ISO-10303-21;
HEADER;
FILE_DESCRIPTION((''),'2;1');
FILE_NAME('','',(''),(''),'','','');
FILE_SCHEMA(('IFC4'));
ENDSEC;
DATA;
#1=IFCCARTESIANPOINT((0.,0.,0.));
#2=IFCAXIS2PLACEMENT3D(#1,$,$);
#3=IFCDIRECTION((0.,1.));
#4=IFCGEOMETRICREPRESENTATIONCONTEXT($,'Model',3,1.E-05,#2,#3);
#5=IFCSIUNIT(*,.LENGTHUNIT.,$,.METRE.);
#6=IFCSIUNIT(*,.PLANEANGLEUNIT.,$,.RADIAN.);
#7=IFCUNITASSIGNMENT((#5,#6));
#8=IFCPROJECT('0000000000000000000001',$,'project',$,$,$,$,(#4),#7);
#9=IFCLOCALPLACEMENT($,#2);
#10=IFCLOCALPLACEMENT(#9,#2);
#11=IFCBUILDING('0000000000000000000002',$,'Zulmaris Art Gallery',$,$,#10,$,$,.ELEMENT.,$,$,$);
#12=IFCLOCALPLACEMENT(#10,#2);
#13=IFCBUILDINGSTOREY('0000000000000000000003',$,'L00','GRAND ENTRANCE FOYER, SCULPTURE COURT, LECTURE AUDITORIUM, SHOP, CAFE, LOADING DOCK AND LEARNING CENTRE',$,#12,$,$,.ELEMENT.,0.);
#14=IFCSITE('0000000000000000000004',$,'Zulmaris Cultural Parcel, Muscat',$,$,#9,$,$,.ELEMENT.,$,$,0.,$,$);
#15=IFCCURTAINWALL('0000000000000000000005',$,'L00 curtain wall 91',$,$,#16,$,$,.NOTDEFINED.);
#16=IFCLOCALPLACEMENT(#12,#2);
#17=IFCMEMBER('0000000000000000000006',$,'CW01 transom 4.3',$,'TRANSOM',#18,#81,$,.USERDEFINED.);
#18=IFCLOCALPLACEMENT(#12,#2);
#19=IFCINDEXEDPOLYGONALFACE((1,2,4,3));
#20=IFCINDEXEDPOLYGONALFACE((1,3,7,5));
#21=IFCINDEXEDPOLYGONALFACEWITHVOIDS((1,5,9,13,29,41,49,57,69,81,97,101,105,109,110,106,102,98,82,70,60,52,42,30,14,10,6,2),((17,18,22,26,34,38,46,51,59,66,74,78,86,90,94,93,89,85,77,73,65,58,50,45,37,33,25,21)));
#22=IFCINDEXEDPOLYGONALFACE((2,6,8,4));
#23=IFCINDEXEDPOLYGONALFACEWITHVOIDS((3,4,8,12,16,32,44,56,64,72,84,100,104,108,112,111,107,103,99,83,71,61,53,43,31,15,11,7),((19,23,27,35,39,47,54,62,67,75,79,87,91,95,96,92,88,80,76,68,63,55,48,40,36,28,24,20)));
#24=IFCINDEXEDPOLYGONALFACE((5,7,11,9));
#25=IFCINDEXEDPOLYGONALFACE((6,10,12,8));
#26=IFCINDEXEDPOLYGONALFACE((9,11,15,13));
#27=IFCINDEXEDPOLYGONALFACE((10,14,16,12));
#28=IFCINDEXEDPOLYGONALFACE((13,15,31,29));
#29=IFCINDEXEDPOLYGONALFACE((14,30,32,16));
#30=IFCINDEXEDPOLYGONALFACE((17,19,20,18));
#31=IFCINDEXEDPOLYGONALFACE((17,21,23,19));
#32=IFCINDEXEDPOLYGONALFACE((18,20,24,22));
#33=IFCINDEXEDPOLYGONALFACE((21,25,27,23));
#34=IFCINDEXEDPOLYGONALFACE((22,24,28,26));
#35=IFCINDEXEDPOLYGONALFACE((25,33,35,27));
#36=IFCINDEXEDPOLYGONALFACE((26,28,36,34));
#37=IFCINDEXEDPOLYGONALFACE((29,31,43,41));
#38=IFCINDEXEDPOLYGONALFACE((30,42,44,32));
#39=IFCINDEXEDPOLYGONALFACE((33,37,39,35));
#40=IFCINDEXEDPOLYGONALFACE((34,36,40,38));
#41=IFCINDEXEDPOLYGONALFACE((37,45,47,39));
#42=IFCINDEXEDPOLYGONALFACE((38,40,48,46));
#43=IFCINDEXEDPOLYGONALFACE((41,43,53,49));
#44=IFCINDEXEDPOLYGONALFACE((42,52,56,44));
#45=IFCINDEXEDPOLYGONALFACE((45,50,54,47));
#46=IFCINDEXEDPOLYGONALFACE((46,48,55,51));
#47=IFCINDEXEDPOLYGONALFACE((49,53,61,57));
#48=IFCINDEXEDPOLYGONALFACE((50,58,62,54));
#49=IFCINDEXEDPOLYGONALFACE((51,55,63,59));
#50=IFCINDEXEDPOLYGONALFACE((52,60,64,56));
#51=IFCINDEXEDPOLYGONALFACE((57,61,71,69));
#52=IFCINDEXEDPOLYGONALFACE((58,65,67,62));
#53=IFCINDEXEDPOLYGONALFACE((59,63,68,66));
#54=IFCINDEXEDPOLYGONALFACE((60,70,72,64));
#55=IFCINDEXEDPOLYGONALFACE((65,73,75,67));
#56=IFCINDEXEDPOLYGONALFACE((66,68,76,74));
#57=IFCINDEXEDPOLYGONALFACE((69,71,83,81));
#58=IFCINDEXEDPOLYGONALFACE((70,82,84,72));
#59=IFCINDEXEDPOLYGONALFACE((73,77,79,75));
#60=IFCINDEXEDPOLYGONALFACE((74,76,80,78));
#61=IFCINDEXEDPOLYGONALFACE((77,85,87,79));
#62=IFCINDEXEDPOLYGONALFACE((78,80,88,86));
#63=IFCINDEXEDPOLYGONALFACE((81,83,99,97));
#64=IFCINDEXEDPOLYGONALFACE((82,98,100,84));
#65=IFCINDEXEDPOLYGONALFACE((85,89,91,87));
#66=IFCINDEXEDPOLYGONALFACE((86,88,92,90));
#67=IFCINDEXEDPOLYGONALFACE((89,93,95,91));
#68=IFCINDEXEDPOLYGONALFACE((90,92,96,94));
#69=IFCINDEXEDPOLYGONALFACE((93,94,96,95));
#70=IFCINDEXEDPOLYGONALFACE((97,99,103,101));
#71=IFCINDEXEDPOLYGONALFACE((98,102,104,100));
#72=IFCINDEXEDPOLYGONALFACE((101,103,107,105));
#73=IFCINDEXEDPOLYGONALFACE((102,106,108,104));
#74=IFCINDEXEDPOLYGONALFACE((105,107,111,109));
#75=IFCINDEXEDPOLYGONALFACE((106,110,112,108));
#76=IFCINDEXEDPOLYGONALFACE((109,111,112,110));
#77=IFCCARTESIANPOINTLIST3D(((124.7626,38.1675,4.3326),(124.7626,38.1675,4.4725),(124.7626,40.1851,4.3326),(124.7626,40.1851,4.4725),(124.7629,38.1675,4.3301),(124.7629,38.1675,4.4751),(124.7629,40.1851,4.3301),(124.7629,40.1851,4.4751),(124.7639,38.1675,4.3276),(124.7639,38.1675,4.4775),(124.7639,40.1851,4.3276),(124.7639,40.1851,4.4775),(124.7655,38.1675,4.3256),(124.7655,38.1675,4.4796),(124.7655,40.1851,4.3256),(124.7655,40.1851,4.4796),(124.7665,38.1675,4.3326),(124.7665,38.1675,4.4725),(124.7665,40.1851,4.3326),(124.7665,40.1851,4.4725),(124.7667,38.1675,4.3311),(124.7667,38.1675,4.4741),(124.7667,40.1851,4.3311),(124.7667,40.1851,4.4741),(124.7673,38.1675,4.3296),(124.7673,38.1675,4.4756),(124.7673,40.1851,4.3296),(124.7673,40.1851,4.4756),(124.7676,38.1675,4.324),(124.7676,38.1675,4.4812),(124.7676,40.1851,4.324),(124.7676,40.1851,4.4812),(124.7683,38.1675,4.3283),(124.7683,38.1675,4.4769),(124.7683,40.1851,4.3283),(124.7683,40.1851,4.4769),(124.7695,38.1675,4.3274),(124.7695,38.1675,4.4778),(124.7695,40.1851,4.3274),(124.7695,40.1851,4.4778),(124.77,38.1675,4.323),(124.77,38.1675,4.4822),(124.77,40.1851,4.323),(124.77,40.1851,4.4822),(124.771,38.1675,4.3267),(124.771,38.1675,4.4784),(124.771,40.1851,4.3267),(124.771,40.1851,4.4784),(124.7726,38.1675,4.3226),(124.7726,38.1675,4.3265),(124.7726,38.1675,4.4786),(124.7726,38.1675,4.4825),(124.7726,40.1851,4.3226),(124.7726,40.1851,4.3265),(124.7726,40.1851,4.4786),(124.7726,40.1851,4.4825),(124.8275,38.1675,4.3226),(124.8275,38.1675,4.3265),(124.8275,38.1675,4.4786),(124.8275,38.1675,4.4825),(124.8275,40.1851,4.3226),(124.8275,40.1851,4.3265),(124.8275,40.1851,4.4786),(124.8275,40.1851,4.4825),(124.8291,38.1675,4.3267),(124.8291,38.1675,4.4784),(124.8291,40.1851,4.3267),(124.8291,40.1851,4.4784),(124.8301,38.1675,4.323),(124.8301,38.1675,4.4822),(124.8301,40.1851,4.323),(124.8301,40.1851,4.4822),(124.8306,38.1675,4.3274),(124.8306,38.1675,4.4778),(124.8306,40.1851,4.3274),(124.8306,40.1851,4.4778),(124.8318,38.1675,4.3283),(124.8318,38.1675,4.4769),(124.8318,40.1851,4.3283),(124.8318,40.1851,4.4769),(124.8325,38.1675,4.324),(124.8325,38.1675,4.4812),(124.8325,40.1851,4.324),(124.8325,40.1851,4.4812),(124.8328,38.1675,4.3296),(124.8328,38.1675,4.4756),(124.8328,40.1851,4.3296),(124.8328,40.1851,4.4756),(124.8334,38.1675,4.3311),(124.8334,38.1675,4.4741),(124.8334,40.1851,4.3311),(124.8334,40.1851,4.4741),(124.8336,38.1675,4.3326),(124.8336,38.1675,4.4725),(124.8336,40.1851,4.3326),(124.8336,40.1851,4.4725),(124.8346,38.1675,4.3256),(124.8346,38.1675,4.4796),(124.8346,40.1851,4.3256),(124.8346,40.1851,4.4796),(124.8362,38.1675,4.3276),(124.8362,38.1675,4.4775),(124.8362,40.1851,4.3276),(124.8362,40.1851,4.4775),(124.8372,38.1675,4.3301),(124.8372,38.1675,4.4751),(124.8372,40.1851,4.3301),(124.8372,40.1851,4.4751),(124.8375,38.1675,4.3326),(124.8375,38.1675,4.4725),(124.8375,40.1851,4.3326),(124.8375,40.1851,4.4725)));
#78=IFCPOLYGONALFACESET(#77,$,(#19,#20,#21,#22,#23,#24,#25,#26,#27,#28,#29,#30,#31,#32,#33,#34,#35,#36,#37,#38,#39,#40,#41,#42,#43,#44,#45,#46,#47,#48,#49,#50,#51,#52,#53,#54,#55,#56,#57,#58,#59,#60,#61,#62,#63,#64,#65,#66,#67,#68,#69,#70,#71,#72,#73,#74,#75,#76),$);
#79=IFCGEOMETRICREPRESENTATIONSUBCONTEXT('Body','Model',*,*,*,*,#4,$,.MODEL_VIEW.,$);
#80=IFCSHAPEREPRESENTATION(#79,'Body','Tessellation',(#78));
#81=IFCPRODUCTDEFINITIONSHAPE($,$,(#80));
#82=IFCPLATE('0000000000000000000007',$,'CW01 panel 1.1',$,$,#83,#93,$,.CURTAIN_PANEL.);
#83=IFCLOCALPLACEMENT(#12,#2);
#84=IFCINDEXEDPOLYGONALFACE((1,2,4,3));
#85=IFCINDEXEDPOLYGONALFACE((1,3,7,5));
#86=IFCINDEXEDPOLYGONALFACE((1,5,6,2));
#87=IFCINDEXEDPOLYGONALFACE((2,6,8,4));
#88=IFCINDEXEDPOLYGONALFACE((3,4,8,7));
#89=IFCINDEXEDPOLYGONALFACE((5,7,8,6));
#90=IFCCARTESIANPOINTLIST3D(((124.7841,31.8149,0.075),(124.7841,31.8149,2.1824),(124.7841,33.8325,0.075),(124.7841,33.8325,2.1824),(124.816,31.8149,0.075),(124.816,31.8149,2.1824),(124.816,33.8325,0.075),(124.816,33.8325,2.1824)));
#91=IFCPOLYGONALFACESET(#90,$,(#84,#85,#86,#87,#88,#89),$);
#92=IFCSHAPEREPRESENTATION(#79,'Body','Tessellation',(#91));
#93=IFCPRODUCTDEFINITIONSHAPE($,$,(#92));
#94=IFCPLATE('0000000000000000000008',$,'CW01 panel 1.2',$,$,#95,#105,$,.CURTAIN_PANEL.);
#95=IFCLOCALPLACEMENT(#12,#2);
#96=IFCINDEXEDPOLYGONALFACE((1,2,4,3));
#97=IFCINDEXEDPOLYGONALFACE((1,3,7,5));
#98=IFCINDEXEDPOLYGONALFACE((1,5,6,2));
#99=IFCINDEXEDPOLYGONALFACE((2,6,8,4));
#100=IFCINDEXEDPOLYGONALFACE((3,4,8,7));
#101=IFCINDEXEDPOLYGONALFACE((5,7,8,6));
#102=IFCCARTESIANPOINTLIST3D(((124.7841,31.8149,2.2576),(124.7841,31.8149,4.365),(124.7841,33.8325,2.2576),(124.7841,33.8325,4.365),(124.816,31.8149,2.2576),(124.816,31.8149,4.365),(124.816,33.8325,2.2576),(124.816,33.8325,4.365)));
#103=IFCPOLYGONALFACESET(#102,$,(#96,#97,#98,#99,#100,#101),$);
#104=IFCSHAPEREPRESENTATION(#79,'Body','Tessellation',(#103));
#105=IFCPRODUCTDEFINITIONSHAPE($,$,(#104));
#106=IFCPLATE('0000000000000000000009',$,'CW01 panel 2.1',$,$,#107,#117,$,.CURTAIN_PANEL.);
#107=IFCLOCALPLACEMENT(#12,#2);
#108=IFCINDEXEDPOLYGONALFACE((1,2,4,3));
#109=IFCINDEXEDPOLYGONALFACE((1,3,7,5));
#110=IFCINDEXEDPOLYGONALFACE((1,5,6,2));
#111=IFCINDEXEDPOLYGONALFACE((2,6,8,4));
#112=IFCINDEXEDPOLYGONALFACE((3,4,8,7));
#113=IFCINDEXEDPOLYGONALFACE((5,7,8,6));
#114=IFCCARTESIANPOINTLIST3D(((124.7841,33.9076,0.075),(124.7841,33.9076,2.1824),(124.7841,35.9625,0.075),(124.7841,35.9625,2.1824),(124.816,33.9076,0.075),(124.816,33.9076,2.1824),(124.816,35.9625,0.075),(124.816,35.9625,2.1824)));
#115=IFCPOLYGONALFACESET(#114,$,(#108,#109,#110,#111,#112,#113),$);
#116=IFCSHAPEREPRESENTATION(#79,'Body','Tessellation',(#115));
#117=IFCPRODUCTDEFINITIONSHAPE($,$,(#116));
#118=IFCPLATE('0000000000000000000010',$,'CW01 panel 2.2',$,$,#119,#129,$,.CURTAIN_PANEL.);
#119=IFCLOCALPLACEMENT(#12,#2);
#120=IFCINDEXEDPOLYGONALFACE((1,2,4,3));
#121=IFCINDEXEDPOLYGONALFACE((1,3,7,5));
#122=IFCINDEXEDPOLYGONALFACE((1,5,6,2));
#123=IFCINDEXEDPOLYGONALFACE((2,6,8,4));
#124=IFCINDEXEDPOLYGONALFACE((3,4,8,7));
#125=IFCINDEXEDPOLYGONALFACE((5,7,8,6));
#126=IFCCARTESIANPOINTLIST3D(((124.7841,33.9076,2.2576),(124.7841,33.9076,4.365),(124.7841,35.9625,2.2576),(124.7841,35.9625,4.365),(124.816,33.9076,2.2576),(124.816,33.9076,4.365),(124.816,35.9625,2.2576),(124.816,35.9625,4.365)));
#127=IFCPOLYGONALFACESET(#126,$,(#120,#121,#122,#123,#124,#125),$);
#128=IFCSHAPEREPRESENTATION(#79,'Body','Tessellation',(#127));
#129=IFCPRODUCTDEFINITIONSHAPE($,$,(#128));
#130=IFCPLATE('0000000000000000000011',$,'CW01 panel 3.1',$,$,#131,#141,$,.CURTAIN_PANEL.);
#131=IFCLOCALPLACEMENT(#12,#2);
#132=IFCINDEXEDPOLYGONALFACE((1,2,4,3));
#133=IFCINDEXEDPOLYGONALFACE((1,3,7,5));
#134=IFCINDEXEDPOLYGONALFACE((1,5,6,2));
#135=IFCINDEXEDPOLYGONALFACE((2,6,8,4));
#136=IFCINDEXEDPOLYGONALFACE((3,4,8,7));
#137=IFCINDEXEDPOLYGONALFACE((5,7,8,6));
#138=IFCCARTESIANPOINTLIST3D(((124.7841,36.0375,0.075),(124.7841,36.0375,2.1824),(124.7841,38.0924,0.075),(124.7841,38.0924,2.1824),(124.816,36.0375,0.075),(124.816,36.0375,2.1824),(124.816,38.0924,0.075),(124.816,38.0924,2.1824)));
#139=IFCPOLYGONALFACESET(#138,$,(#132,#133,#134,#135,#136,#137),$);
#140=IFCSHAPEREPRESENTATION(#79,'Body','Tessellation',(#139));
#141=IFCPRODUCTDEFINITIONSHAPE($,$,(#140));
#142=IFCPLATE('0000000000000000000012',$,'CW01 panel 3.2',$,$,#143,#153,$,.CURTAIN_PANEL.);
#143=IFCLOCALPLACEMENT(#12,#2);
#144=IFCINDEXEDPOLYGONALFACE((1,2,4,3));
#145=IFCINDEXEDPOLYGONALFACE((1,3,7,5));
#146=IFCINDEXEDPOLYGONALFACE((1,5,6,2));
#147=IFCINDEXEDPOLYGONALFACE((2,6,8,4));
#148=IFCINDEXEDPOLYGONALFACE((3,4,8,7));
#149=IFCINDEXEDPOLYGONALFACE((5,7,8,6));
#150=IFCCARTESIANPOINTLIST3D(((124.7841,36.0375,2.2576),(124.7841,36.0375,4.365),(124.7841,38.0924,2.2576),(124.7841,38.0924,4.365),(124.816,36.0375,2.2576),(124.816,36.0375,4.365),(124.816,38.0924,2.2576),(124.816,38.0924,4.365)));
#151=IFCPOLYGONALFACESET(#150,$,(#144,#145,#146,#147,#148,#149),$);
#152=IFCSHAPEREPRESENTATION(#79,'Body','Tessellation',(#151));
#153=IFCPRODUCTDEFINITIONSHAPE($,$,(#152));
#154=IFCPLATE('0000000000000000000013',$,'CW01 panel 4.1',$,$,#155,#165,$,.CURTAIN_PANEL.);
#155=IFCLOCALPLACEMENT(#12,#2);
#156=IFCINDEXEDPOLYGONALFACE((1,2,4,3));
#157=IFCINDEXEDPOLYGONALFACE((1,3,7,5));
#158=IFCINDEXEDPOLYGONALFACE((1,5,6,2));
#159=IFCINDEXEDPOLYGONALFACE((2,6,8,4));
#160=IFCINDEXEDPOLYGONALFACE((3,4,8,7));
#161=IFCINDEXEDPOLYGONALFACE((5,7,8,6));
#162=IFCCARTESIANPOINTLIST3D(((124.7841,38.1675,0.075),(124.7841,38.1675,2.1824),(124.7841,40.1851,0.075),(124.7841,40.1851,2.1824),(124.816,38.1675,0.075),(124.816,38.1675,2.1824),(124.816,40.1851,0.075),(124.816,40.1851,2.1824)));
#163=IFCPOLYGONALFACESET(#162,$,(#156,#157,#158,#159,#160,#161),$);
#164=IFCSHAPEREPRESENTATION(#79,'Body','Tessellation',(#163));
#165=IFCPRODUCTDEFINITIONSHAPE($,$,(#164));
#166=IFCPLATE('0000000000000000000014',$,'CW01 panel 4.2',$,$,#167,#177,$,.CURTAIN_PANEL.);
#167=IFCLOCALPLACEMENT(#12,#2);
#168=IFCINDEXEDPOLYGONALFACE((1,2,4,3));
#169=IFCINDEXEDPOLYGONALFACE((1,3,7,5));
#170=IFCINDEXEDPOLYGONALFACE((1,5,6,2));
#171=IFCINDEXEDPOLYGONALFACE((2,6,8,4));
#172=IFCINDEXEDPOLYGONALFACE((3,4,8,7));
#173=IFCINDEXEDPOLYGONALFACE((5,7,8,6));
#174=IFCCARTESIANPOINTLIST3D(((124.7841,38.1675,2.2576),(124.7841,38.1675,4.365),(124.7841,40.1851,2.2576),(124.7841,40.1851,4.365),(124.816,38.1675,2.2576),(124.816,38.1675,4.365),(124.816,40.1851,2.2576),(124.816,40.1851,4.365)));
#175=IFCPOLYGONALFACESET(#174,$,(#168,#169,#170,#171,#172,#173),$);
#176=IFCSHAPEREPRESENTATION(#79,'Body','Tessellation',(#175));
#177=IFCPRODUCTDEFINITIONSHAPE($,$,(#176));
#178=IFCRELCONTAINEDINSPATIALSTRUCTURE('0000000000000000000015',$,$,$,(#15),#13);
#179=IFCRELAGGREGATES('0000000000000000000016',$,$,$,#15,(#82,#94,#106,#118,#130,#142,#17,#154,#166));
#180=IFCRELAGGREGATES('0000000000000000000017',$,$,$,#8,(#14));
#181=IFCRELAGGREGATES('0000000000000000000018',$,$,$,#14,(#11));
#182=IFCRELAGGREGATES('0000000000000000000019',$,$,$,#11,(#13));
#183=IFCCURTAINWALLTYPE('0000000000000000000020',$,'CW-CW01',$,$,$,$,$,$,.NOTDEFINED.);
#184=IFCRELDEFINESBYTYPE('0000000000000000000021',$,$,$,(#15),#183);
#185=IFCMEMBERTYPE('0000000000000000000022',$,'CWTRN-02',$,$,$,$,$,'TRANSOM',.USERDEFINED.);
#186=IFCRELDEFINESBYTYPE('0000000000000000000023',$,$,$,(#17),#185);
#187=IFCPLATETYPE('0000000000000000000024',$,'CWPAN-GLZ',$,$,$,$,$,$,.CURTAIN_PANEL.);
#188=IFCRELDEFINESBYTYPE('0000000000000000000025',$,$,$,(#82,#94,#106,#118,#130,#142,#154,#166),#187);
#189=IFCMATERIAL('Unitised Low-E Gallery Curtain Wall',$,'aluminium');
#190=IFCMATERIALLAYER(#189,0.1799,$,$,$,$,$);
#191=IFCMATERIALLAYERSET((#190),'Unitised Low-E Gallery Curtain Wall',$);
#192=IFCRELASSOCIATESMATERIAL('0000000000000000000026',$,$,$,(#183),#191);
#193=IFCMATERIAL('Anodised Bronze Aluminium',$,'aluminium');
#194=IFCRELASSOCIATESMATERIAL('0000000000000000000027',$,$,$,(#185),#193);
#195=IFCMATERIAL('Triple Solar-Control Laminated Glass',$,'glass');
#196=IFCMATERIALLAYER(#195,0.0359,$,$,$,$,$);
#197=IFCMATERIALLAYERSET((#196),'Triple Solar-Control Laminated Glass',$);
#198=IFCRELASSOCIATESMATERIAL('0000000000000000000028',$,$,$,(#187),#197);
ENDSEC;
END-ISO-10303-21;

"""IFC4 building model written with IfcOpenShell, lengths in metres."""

from ifc_helpers import new_model, si_unit, direction, frame, origin, origin_2d, place, context, subcontext, project, spatial, rectangle, hollow_rectangle, extrude, material, layer, layer_set, material_profile, profile_set, type_object, element, aggregate, save


model = new_model("IFC4")

# Units and contexts
model_context = context("Model", 3, precision=1e-05, world=origin(), true_north=direction((0.0, 1.0)))
body_context = subcontext(model_context, "Body", "Model", "MODEL_VIEW")
ifc_project = project(units=[si_unit("LENGTHUNIT", "METRE"), si_unit("PLANEANGLEUNIT", "RADIAN")], contexts=[model_context])

# Site, building, storey
site_placement = place(None, origin())
site = spatial("IfcSite", under=ifc_project, at=site_placement, Name="Zulmaris Cultural Parcel, Muscat", CompositionType="ELEMENT", RefElevation=0.0)
building_placement = place(site_placement, origin())
building = spatial("IfcBuilding", under=site, at=building_placement, Name="Zulmaris Art Gallery", CompositionType="ELEMENT")
storey_placement = place(building_placement, origin())
storey = spatial("IfcBuildingStorey", under=building, at=storey_placement, Name="L00", Description="GRAND ENTRANCE FOYER, SCULPTURE COURT, LECTURE AUDITORIUM, SHOP, CAFE, LOADING DOCK AND LEARNING CENTRE", CompositionType="ELEMENT", Elevation=0.0)

# Curtain wall
ifc_material_1 = material(Name="Unitised Low-E Gallery Curtain Wall", Category="aluminium")
ifc_layer_1 = layer(ifc_material_1, 0.1799)
ifc_layer_set_1 = layer_set([ifc_layer_1], Name="Unitised Low-E Gallery Curtain Wall")
curtain_wall_type = type_object("IfcCurtainWallType", Name="CW-CW01", PredefinedType="NOTDEFINED", material=ifc_layer_set_1)
curtain_wall_1_placement = place(storey_placement, origin())
curtain_wall_1 = element("IfcCurtainWall", 1, at=curtain_wall_1_placement, inside=storey, type_object=curtain_wall_type, Name="L00 curtain wall 91", PredefinedType="NOTDEFINED")
ifc_material_2 = material(Name="Anodised Bronze Aluminium", Category="aluminium")

# Member
ifc_material_profile_1 = material_profile(ifc_material_2, hollow_rectangle(XDim=0.075, YDim=0.1599, WallThickness=0.0039, InnerFilletRadius=0.0061, OuterFilletRadius=0.01, at=origin_2d()), Name="ALU 75x160x4")
ifc_profile_set_1 = profile_set([ifc_material_profile_1], Name="Anodised Bronze Aluminium")
member_type_1 = type_object("IfcMemberType", Name="CWTRN-02", ElementType="TRANSOM", PredefinedType="USERDEFINED", material=ifc_profile_set_1)
member_1_placement = place(storey_placement, frame((124.8, 38.1675, 4.4026), z_axis=(0.0, 1.0, 0.0), x_axis=(-1.0, 0.0, 0.0)))
member_1 = element("IfcMember", 2, at=member_1_placement, type_object=member_type_1, Name="CW01 transom 4.3", ObjectType="TRANSOM", PredefinedType="USERDEFINED", context=body_context, shape_type="SweptSolid", body=[
    extrude(hollow_rectangle(XDim=0.075, YDim=0.1599, WallThickness=0.0039, InnerFilletRadius=0.0061, OuterFilletRadius=0.01, at=origin_2d()), origin(), (0.0, 0.0, 1.0), 2.0176),
])

# Plates
ifc_material_3 = material(Name="Triple Solar-Control Laminated Glass", Category="glass")
ifc_layer_2 = layer(ifc_material_3, 0.0359)
ifc_layer_set_2 = layer_set([ifc_layer_2], Name="Triple Solar-Control Laminated Glass")
plate_type = type_object("IfcPlateType", Name="CWPAN-GLZ", PredefinedType="CURTAIN_PANEL", material=ifc_layer_set_2)
plate_1_placement = place(storey_placement, frame((124.8, 32.8237, 0.075), z_axis=(0.0, 0.0, 1.0), x_axis=(0.0, 1.0, 0.0)))
plate_1 = element("IfcPlate", 3, at=plate_1_placement, type_object=plate_type, Name="CW01 panel 1.1", PredefinedType="CURTAIN_PANEL", context=body_context, shape_type="SweptSolid", body=[
    extrude(rectangle(XDim=2.0176, YDim=0.032, at=origin_2d()), origin(), (0.0, 0.0, 1.0), 2.1074),
])
plate_2_placement = place(storey_placement, frame((124.8, 32.8237, 2.2576), z_axis=(0.0, 0.0, 1.0), x_axis=(0.0, 1.0, 0.0)))
plate_2 = element("IfcPlate", 4, at=plate_2_placement, type_object=plate_type, Name="CW01 panel 1.2", PredefinedType="CURTAIN_PANEL", context=body_context, shape_type="SweptSolid", body=[
    extrude(rectangle(XDim=2.0176, YDim=0.032, at=origin_2d()), origin(), (0.0, 0.0, 1.0), 2.1074),
])
plate_3_placement = place(storey_placement, frame((124.8, 34.9351, 0.075), z_axis=(0.0, 0.0, 1.0), x_axis=(0.0, 1.0, 0.0)))
plate_3 = element("IfcPlate", 5, at=plate_3_placement, type_object=plate_type, Name="CW01 panel 2.1", PredefinedType="CURTAIN_PANEL", context=body_context, shape_type="SweptSolid", body=[
    extrude(rectangle(XDim=2.0549, YDim=0.032, at=origin_2d()), origin(), (0.0, 0.0, 1.0), 2.1074),
])
plate_4_placement = place(storey_placement, frame((124.8, 34.9351, 2.2576), z_axis=(0.0, 0.0, 1.0), x_axis=(0.0, 1.0, 0.0)))
plate_4 = element("IfcPlate", 6, at=plate_4_placement, type_object=plate_type, Name="CW01 panel 2.2", PredefinedType="CURTAIN_PANEL", context=body_context, shape_type="SweptSolid", body=[
    extrude(rectangle(XDim=2.0549, YDim=0.032, at=origin_2d()), origin(), (0.0, 0.0, 1.0), 2.1074),
])
plate_5_placement = place(storey_placement, frame((124.8, 37.0649, 0.075), z_axis=(0.0, 0.0, 1.0), x_axis=(0.0, 1.0, 0.0)))
plate_5 = element("IfcPlate", 7, at=plate_5_placement, type_object=plate_type, Name="CW01 panel 3.1", PredefinedType="CURTAIN_PANEL", context=body_context, shape_type="SweptSolid", body=[
    extrude(rectangle(XDim=2.0549, YDim=0.032, at=origin_2d()), origin(), (0.0, 0.0, 1.0), 2.1074),
])
plate_6_placement = place(storey_placement, frame((124.8, 37.0649, 2.2576), z_axis=(0.0, 0.0, 1.0), x_axis=(0.0, 1.0, 0.0)))
plate_6 = element("IfcPlate", 8, at=plate_6_placement, type_object=plate_type, Name="CW01 panel 3.2", PredefinedType="CURTAIN_PANEL", context=body_context, shape_type="SweptSolid", body=[
    extrude(rectangle(XDim=2.0549, YDim=0.032, at=origin_2d()), origin(), (0.0, 0.0, 1.0), 2.1074),
])
plate_7_placement = place(storey_placement, frame((124.8, 39.1763, 0.075), z_axis=(0.0, 0.0, 1.0), x_axis=(0.0, 1.0, 0.0)))
plate_7 = element("IfcPlate", 9, at=plate_7_placement, type_object=plate_type, Name="CW01 panel 4.1", PredefinedType="CURTAIN_PANEL", context=body_context, shape_type="SweptSolid", body=[
    extrude(rectangle(XDim=2.0176, YDim=0.032, at=origin_2d()), origin(), (0.0, 0.0, 1.0), 2.1074),
])
plate_8_placement = place(storey_placement, frame((124.8, 39.1763, 2.2576), z_axis=(0.0, 0.0, 1.0), x_axis=(0.0, 1.0, 0.0)))
plate_8 = element("IfcPlate", 10, at=plate_8_placement, type_object=plate_type, Name="CW01 panel 4.2", PredefinedType="CURTAIN_PANEL", context=body_context, shape_type="SweptSolid", body=[
    extrude(rectangle(XDim=2.0176, YDim=0.032, at=origin_2d()), origin(), (0.0, 0.0, 1.0), 2.1074),
])
aggregate(curtain_wall_1, [plate_1, plate_2, plate_3, plate_4, plate_5, plate_6, member_1, plate_7, plate_8])

save(model, "model.ifc")
